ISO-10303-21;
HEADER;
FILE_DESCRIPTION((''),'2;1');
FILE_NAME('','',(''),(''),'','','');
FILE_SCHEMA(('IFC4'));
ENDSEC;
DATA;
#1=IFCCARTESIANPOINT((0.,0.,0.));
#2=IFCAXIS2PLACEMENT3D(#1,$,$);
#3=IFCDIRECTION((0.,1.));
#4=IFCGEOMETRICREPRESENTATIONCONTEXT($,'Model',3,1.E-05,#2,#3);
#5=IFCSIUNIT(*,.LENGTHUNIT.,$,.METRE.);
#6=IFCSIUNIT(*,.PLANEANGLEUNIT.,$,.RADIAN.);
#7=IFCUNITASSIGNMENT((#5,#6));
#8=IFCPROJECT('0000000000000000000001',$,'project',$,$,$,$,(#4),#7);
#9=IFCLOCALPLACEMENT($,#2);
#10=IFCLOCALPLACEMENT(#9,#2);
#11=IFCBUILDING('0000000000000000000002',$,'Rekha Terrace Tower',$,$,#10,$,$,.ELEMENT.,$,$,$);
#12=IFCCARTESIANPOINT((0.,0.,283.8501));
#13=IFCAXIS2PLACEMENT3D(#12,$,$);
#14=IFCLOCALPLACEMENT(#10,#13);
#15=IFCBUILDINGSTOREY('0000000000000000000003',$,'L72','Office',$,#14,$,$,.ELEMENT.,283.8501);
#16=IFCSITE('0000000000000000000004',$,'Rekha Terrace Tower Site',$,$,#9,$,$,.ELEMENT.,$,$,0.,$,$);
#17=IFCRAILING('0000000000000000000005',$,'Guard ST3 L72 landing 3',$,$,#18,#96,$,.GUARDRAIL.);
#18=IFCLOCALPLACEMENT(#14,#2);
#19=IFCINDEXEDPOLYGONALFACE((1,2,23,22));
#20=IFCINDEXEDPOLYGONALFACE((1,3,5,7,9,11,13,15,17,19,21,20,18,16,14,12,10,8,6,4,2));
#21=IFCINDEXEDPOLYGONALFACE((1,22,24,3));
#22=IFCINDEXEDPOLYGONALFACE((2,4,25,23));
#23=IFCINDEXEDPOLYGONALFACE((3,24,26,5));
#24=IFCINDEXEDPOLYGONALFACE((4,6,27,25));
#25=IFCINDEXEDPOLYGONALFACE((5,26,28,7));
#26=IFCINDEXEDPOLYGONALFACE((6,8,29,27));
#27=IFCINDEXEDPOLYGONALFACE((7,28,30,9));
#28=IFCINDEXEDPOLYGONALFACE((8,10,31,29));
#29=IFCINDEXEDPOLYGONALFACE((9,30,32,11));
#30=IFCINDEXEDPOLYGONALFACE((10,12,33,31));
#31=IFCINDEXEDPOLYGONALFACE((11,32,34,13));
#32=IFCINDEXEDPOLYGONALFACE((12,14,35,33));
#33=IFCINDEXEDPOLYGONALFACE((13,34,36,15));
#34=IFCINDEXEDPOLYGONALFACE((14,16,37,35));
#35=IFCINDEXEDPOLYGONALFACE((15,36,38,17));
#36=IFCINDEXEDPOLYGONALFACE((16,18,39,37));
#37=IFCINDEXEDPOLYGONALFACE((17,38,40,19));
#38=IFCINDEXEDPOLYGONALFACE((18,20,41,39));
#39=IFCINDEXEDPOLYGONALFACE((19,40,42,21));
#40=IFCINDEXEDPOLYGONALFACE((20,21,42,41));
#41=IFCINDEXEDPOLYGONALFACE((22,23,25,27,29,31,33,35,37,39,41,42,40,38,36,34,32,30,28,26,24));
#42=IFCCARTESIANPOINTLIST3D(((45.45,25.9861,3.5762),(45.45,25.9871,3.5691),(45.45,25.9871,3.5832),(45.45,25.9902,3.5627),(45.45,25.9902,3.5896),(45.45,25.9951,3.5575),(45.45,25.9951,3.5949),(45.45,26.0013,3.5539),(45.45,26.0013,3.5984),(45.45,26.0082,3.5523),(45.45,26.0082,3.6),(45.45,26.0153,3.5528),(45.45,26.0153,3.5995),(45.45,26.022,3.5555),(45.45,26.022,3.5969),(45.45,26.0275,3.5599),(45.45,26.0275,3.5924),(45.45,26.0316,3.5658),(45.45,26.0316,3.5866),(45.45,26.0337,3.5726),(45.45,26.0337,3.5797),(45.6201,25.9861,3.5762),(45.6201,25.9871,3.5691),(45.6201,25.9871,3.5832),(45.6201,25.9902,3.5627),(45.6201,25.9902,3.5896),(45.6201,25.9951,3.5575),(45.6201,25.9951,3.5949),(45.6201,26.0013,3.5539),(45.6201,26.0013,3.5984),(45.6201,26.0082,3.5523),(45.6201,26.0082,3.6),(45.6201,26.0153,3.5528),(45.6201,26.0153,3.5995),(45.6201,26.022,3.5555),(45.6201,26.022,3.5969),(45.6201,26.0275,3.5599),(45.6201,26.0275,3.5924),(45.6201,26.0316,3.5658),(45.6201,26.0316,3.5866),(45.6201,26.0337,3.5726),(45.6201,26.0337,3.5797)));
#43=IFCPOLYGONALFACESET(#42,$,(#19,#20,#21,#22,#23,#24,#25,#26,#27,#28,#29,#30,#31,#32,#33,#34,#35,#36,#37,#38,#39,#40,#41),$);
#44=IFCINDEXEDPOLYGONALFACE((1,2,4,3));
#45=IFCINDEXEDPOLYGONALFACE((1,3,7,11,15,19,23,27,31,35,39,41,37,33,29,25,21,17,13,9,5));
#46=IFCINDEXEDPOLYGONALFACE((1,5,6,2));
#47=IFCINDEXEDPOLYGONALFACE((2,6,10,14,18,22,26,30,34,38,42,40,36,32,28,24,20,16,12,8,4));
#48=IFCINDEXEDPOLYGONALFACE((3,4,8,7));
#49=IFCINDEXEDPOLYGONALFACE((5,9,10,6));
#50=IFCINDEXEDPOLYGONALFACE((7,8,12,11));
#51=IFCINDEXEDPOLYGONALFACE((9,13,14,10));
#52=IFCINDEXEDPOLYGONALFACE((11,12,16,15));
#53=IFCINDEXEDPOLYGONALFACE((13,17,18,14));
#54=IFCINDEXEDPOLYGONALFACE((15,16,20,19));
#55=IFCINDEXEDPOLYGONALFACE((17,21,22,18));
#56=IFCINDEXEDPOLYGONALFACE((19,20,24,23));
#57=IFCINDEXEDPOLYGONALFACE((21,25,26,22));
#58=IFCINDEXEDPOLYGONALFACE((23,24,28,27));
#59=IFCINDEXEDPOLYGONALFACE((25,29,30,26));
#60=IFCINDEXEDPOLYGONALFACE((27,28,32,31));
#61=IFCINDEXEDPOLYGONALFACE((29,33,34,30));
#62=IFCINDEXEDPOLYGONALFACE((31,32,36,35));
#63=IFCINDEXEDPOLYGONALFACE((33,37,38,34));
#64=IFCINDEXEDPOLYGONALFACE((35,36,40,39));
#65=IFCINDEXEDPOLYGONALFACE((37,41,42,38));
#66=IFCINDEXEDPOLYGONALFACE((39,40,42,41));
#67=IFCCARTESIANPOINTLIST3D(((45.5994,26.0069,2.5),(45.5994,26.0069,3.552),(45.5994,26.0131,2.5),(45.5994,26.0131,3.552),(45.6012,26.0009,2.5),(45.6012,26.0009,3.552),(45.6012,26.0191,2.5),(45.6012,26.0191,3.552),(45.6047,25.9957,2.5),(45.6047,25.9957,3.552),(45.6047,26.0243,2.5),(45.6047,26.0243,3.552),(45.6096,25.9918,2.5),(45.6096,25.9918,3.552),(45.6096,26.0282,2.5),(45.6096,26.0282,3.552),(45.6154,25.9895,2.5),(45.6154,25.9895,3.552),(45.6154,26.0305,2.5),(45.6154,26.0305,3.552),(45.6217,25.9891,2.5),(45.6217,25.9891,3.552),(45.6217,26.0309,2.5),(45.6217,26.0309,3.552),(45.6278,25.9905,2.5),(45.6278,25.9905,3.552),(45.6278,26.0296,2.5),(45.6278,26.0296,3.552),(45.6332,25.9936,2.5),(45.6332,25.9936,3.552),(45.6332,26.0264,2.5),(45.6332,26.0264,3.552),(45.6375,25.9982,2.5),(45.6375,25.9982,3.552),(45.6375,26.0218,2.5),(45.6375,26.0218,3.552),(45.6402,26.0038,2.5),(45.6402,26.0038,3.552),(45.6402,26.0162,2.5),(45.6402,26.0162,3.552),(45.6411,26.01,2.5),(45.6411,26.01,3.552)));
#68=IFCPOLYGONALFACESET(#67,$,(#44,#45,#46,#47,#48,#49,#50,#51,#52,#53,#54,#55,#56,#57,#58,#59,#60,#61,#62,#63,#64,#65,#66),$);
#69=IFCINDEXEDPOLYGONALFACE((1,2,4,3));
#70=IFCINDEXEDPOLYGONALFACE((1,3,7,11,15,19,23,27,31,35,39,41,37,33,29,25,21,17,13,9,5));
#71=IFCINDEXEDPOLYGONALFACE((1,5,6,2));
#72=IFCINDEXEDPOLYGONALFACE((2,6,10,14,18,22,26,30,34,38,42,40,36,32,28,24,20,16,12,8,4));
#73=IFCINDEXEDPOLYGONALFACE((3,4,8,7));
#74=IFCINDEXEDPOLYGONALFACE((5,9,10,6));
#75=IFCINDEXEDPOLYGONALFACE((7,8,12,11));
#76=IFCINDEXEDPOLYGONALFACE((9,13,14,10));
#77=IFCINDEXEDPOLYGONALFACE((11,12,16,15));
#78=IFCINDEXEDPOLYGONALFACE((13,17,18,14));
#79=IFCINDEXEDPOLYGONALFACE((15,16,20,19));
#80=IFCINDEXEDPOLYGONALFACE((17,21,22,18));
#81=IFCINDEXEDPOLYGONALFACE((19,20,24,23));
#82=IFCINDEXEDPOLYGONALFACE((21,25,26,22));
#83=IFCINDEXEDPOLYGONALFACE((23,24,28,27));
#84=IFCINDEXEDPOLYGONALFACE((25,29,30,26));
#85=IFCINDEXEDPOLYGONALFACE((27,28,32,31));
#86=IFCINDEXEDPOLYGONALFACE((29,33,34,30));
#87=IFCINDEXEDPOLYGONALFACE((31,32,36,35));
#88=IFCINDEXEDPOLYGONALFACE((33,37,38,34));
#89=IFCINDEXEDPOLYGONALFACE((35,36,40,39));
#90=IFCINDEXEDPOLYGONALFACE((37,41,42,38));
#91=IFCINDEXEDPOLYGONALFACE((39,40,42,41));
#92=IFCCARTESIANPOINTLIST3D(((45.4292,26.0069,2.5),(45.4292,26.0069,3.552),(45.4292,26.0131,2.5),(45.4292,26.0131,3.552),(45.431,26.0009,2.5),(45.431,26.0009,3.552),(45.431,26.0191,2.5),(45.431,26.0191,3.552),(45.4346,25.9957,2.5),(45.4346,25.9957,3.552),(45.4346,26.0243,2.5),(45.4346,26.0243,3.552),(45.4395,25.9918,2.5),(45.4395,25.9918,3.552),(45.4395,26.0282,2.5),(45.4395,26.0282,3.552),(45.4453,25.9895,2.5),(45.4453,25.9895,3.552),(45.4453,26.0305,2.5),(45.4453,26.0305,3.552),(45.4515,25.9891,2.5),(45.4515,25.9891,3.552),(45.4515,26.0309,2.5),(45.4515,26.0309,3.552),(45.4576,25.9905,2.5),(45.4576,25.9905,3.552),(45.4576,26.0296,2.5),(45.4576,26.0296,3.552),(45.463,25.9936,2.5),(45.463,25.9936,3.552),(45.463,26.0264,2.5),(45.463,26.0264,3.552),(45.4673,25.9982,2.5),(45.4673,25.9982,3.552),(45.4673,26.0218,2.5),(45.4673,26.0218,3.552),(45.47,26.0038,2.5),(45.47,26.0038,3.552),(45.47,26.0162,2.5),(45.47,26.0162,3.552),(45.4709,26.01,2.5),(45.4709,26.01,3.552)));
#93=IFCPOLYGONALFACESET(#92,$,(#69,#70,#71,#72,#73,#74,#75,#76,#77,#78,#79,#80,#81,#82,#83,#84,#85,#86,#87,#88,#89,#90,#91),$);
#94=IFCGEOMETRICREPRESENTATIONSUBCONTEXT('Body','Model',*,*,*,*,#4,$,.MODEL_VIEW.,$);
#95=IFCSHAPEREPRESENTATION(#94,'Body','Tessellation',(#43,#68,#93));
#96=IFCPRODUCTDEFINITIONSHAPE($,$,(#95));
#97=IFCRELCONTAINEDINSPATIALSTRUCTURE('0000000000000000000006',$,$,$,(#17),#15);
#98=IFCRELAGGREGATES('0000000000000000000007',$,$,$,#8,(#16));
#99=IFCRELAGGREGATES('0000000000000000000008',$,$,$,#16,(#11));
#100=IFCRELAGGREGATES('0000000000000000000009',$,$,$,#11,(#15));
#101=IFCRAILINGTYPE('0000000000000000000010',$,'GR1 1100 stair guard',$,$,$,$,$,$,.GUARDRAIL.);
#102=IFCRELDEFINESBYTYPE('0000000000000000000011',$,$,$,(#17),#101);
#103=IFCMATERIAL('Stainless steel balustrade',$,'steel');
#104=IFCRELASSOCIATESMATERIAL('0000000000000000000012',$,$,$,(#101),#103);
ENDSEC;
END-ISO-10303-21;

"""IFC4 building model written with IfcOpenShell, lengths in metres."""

from ifc_helpers import new_model, si_unit, direction, frame, origin, origin_2d, place, context, subcontext, project, spatial, circle, extrude, material, type_object, element, save


model = new_model("IFC4")

# Units and contexts
model_context = context("Model", 3, precision=1e-05, world=origin(), true_north=direction((0.0, 1.0)))
body_context = subcontext(model_context, "Body", "Model", "MODEL_VIEW")
ifc_project = project(units=[si_unit("LENGTHUNIT", "METRE"), si_unit("PLANEANGLEUNIT", "RADIAN")], contexts=[model_context])

# Site, building, storey
site_placement = place(None, origin())
site = spatial("IfcSite", under=ifc_project, at=site_placement, Name="Rekha Terrace Tower Site", CompositionType="ELEMENT", RefElevation=0.0)
building_placement = place(site_placement, origin())
building = spatial("IfcBuilding", under=site, at=building_placement, Name="Rekha Terrace Tower", CompositionType="ELEMENT")
storey_placement = place(building_placement, frame((0.0, 0.0, 283.8501)))
storey = spatial("IfcBuildingStorey", under=building, at=storey_placement, Name="L72", Description="Office", CompositionType="ELEMENT", Elevation=283.8501)

# Railing
ifc_material_1 = material(Name="Stainless steel balustrade", Category="steel")
railing_type_1 = type_object("IfcRailingType", Name="GR1 1100 stair guard", PredefinedType="GUARDRAIL", material=ifc_material_1)
railing_1_placement = place(storey_placement, frame((45.6201, 26.01, 2.5)))
element("IfcRailing", 1, at=railing_1_placement, inside=storey, type_object=railing_type_1, Name="Guard ST3 L72 landing 3", PredefinedType="GUARDRAIL", context=body_context, shape_type="SweptSolid", body=[
    extrude(circle(Radius=0.0239, at=origin_2d()), frame((0.0, 0.0, 1.0762), z_axis=(-1.0, 0.0, 0.0), x_axis=(0.0, -1.0, 0.0)), (0.0, 0.0, 1.0), 0.1702),
    extrude(circle(Radius=0.021, at=origin_2d()), origin(), (0.0, 0.0, 1.0), 1.052),
    extrude(circle(Radius=0.021, at=origin_2d()), frame((-0.1702, 0.0, 0.0)), (0.0, 0.0, 1.0), 1.052),
])

save(model, "model.ifc")
